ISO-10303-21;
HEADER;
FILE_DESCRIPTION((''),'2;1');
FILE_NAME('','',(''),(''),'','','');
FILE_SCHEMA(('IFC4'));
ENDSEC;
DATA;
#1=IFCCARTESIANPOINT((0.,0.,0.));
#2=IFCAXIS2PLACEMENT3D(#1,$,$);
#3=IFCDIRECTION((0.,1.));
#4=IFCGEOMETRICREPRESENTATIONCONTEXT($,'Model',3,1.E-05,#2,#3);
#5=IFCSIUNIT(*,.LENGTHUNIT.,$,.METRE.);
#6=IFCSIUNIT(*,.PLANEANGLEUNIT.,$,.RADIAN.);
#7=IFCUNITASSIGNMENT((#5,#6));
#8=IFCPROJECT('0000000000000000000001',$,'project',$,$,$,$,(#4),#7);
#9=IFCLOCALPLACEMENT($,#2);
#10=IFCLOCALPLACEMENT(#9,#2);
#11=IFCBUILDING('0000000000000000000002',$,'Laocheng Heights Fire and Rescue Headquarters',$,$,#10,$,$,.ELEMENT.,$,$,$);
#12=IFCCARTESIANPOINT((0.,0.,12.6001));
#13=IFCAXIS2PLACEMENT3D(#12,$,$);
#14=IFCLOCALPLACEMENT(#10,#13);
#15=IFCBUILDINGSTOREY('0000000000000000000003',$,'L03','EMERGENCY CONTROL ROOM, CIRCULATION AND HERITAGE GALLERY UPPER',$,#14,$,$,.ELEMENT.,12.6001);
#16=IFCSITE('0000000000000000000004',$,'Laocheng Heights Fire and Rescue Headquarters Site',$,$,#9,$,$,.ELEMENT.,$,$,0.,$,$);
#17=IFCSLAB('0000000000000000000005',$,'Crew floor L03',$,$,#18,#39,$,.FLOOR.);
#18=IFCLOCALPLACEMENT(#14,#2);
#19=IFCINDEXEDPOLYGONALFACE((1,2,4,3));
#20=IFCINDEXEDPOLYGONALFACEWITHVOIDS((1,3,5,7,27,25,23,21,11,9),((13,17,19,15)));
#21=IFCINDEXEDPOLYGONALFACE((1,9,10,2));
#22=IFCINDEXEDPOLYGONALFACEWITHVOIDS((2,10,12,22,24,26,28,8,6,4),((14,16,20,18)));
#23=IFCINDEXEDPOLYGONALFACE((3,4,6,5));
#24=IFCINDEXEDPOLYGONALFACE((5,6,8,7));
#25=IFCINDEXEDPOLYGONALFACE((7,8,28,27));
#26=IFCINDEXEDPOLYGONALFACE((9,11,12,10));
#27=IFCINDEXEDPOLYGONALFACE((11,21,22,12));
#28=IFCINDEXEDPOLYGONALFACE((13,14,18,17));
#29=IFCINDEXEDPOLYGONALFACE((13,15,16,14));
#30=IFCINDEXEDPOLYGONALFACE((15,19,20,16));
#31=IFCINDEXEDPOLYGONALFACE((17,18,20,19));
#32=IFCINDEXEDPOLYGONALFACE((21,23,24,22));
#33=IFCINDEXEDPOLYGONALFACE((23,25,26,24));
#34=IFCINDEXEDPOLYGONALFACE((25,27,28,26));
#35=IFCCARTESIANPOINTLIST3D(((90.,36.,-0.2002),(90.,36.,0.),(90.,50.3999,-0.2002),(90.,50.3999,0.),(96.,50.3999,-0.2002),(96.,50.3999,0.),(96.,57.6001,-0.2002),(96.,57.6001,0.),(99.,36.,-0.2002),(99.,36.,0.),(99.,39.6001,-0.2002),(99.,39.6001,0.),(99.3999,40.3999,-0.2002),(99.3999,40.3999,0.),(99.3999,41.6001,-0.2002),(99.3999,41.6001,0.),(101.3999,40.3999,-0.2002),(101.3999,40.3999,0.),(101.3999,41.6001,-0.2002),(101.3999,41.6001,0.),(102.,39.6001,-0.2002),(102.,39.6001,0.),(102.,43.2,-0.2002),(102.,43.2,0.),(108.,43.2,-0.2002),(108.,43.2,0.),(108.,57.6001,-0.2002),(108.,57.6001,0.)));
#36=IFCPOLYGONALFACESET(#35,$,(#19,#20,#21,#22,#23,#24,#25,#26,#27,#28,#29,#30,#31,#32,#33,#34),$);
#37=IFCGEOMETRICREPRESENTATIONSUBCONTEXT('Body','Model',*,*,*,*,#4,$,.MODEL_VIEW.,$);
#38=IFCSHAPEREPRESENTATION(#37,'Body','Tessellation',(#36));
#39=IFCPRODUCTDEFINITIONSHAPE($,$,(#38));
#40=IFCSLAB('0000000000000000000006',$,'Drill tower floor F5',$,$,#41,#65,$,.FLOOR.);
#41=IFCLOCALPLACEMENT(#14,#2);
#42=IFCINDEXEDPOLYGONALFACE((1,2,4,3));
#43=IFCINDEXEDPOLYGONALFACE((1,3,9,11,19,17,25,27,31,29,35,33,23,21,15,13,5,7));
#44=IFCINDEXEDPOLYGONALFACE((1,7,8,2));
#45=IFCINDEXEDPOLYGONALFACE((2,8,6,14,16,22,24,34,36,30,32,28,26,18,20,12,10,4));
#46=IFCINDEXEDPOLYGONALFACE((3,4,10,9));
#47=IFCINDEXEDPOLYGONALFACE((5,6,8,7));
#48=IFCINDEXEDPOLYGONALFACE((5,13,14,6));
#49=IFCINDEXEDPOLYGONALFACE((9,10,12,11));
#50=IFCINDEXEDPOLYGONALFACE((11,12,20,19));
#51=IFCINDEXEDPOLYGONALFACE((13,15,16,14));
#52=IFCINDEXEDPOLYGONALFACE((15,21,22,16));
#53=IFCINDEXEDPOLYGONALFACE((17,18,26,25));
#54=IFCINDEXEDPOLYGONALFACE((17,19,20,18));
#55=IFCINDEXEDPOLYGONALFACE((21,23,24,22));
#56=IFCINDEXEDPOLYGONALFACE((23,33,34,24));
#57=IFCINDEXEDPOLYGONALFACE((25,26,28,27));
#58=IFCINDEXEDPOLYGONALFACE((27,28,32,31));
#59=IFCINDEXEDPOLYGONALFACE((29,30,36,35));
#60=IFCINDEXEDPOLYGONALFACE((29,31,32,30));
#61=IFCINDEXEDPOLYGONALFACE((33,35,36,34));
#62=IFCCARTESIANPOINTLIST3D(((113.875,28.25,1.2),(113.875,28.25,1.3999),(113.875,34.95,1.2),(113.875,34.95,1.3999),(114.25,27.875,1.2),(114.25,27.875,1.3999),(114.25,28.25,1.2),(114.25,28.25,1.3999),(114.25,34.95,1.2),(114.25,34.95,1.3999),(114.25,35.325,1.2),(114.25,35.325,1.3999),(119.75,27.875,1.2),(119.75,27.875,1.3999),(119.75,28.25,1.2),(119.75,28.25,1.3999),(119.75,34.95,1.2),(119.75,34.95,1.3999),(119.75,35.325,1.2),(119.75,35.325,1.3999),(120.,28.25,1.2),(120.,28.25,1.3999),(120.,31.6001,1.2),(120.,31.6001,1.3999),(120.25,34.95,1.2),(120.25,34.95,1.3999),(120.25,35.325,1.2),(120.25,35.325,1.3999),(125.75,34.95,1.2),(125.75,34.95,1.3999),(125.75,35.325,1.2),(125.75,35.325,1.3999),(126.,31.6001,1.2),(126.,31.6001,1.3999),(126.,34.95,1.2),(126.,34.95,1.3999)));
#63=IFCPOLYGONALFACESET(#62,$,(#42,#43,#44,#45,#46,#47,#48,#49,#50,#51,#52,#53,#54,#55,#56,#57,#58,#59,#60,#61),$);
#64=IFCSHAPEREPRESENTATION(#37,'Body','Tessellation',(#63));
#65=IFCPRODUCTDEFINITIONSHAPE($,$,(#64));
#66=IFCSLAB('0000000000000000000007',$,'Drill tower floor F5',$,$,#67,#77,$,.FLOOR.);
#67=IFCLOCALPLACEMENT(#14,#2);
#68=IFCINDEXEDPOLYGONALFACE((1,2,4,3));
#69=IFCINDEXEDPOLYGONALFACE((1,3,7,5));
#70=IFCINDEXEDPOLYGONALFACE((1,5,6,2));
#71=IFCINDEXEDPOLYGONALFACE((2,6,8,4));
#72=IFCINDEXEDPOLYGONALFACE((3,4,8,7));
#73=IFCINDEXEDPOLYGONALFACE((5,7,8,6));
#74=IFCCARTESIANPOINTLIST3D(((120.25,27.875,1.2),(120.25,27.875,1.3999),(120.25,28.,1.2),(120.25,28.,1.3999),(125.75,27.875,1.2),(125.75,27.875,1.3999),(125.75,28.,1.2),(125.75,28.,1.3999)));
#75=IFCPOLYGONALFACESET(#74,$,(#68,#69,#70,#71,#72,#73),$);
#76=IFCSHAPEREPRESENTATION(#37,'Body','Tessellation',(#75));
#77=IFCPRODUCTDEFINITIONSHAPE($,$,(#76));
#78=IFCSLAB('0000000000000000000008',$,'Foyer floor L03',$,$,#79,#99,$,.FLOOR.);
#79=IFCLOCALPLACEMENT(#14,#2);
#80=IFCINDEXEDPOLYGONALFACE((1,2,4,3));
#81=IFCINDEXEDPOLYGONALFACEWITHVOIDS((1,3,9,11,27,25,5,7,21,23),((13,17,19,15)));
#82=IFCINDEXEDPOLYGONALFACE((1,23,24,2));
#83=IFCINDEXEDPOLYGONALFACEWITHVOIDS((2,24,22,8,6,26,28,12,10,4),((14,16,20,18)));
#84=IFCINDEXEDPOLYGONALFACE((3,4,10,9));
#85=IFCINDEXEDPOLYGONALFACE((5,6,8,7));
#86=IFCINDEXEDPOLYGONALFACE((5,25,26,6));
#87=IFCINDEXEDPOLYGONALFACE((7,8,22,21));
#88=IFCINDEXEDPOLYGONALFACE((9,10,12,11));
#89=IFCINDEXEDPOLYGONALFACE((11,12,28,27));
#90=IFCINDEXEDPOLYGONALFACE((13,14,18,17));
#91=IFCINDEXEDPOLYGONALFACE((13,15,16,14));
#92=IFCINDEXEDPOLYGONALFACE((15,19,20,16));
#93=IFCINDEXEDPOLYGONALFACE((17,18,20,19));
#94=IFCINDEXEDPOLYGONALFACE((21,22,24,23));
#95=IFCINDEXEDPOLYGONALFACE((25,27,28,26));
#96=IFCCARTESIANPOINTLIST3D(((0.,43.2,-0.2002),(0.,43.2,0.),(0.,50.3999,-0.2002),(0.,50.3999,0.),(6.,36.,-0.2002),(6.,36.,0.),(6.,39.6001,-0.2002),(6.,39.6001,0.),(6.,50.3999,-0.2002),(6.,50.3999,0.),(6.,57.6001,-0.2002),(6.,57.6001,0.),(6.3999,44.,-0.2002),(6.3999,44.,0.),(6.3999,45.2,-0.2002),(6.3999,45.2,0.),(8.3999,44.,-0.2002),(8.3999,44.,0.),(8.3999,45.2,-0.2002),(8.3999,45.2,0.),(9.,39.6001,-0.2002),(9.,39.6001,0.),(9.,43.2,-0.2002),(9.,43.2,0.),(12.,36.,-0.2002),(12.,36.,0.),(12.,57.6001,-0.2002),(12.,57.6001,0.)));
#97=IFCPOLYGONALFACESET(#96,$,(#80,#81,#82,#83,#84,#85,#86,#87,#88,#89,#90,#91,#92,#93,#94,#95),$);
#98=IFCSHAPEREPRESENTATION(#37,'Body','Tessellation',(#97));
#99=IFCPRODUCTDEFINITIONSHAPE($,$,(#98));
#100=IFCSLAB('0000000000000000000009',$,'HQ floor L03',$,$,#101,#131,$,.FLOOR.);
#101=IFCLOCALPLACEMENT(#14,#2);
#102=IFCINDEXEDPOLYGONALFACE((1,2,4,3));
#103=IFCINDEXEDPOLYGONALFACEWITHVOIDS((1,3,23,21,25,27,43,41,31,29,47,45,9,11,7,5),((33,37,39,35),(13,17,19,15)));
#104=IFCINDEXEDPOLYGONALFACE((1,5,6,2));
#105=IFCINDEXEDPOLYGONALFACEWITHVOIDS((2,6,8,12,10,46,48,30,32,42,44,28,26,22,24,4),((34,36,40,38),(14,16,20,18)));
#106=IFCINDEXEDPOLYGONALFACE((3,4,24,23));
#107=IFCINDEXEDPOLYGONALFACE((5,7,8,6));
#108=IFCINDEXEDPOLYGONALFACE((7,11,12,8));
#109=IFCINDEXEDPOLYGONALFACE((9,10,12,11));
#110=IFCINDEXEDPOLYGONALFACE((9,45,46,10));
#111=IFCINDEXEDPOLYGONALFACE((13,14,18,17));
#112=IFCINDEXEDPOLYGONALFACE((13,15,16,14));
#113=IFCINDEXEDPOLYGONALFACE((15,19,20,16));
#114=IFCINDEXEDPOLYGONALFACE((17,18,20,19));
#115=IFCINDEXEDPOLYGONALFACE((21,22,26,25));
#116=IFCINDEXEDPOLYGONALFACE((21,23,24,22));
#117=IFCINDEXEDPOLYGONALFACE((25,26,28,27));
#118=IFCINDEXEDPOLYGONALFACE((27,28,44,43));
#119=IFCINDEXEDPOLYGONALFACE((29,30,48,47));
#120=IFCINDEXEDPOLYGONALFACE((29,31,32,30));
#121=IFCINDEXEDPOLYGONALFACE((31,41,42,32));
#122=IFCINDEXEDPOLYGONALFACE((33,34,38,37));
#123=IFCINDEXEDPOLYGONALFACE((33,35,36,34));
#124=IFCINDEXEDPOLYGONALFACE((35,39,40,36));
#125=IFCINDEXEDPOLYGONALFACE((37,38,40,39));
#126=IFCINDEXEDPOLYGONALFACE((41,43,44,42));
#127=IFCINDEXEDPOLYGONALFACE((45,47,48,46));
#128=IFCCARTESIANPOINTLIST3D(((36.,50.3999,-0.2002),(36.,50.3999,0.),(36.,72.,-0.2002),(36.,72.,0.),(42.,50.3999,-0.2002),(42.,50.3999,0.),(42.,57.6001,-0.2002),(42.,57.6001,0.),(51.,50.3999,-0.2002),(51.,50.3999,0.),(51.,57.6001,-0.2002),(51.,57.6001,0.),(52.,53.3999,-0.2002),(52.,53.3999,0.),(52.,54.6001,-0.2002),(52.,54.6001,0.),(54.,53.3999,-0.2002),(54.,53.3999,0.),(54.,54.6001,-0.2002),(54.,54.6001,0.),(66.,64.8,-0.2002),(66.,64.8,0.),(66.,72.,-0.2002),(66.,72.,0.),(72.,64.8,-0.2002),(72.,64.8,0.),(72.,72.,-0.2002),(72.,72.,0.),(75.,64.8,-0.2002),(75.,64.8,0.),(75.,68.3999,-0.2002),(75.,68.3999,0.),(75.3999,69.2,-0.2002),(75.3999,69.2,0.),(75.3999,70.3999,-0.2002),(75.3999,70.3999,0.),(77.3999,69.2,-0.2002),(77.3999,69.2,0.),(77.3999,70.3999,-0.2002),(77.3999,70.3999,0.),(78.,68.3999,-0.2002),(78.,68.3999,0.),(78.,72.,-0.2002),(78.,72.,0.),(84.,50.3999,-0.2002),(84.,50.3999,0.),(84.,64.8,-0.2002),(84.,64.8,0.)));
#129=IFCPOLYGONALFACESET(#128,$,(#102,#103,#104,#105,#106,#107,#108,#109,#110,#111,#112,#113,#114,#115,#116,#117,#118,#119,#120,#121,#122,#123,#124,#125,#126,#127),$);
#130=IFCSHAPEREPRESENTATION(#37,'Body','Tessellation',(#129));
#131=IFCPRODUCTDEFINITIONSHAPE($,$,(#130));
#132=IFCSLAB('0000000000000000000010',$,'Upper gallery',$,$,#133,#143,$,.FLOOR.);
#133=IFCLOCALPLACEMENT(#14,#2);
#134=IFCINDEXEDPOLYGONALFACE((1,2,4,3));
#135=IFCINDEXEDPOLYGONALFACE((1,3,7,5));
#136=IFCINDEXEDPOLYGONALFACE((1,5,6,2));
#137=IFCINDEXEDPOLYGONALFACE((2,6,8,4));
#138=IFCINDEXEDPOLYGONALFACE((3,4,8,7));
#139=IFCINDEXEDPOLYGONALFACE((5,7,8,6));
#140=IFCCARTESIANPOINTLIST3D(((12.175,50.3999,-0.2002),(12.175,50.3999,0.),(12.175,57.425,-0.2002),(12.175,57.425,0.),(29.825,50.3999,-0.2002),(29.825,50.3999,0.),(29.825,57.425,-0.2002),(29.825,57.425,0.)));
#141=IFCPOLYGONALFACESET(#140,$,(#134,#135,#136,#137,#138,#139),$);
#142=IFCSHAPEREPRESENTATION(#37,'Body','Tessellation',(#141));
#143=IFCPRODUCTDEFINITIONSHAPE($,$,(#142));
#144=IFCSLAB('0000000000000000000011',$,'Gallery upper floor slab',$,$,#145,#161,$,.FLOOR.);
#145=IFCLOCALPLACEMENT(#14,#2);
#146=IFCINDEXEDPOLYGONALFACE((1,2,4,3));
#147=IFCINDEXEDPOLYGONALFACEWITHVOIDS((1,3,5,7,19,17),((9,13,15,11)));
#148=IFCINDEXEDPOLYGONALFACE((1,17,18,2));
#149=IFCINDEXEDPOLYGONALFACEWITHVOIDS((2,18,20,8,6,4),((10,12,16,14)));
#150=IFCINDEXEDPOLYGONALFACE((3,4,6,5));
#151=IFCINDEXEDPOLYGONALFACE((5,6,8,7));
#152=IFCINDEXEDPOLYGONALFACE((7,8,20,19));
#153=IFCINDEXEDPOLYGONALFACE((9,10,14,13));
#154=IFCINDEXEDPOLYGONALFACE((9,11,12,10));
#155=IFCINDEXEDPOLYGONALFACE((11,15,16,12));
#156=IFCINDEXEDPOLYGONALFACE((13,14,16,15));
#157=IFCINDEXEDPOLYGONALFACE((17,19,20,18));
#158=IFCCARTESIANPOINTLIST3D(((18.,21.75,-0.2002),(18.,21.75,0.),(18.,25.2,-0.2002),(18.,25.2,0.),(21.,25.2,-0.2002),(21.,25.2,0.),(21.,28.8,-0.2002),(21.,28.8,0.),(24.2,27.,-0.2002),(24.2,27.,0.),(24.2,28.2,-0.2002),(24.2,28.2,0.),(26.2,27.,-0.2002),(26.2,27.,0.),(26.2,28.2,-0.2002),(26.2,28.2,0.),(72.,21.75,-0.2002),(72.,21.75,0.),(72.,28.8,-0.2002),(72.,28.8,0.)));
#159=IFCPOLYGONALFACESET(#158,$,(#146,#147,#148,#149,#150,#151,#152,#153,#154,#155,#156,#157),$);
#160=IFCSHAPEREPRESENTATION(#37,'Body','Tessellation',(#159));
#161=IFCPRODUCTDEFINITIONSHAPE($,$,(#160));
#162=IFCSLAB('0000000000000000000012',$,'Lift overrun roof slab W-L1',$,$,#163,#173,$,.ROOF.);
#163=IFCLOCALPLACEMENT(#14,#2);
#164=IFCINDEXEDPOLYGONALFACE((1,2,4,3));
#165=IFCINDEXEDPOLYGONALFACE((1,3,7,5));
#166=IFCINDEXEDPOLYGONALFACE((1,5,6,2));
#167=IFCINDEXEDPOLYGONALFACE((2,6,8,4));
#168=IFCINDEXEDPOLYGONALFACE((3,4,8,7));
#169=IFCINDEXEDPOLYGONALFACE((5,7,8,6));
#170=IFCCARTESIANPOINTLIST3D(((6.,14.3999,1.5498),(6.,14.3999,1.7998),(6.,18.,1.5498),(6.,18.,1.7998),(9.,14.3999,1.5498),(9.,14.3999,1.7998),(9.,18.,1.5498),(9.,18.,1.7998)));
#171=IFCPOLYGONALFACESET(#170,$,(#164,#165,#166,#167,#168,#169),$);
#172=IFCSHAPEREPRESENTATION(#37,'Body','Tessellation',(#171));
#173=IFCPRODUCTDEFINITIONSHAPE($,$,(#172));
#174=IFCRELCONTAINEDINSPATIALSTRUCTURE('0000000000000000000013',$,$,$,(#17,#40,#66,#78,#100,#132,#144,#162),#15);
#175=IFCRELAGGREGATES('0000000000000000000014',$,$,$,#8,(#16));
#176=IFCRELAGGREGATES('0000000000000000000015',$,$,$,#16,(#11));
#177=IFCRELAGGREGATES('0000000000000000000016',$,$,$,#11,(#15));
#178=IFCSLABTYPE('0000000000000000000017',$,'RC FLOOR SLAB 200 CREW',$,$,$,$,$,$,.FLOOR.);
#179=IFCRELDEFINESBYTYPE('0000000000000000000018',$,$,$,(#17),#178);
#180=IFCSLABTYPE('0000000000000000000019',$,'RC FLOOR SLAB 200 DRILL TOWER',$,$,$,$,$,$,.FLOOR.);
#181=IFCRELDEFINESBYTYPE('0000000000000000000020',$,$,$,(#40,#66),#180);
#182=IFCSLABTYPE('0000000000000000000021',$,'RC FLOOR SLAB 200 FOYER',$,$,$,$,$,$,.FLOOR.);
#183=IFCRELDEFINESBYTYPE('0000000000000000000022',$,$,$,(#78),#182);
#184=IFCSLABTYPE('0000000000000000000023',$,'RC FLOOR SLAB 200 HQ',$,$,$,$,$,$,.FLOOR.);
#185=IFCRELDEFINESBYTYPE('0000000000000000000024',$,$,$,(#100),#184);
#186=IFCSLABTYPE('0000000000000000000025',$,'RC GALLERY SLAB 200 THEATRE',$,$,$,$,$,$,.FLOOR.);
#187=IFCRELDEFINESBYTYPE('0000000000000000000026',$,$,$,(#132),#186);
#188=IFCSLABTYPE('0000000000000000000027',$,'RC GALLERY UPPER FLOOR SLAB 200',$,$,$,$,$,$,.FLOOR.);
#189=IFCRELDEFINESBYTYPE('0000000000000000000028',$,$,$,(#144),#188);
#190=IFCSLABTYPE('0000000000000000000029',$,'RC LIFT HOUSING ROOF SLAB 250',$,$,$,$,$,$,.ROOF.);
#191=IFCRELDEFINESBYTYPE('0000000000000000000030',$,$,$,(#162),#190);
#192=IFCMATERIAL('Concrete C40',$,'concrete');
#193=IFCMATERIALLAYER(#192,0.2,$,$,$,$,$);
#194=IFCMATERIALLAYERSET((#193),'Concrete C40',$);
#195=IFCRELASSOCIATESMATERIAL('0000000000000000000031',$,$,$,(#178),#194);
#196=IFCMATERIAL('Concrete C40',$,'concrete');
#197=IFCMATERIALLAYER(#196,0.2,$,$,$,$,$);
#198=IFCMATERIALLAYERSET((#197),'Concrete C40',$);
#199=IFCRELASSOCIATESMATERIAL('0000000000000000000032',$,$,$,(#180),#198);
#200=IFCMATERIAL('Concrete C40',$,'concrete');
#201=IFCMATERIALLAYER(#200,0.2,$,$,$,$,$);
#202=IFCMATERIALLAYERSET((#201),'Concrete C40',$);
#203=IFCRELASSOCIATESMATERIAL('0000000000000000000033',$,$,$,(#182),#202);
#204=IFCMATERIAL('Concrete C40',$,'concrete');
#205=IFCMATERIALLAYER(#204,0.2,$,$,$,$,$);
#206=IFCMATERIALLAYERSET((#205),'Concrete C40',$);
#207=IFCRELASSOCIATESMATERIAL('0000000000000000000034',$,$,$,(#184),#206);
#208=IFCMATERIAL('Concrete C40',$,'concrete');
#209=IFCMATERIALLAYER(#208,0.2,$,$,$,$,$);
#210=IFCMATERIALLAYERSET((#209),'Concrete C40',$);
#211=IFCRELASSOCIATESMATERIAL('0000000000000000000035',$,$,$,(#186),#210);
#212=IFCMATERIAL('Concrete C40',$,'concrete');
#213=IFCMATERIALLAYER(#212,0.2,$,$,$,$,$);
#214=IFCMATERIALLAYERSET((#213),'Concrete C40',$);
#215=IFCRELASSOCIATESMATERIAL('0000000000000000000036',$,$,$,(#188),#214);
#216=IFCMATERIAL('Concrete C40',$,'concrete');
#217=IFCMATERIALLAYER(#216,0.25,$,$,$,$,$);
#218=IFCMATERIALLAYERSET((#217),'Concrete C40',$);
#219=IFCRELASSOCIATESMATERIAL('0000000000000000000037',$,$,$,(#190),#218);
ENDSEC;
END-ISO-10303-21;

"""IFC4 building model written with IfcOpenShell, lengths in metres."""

from ifc_helpers import new_model, si_unit, direction, frame, origin, place, context, subcontext, project, spatial, polyline, outline, extrude, material, layer, layer_set, type_object, element, save


model = new_model("IFC4")

# Units and contexts
model_context = context("Model", 3, precision=1e-05, world=origin(), true_north=direction((0.0, 1.0)))
body_context = subcontext(model_context, "Body", "Model", "MODEL_VIEW")
ifc_project = project(units=[si_unit("LENGTHUNIT", "METRE"), si_unit("PLANEANGLEUNIT", "RADIAN")], contexts=[model_context])

# Site, building, storey
site_placement = place(None, origin())
site = spatial("IfcSite", under=ifc_project, at=site_placement, Name="Laocheng Heights Fire and Rescue Headquarters Site", CompositionType="ELEMENT", RefElevation=0.0)
building_placement = place(site_placement, origin())
building = spatial("IfcBuilding", under=site, at=building_placement, Name="Laocheng Heights Fire and Rescue Headquarters", CompositionType="ELEMENT")
storey_placement = place(building_placement, frame((0.0, 0.0, 12.6001)))
storey = spatial("IfcBuildingStorey", under=building, at=storey_placement, Name="L03", Description="EMERGENCY CONTROL ROOM, CIRCULATION AND HERITAGE GALLERY UPPER", CompositionType="ELEMENT", Elevation=12.6001)

# Slabs
ifc_material_1 = material(Name="Concrete C40", Category="concrete")
ifc_layer_1 = layer(ifc_material_1, 0.2)
ifc_layer_set_1 = layer_set([ifc_layer_1], Name="Concrete C40")
slab_type_1 = type_object("IfcSlabType", Name="RC FLOOR SLAB 200 CREW", PredefinedType="FLOOR", material=ifc_layer_set_1)
slab_1_placement = place(storey_placement, frame((0.0, 0.0, -0.2002)))
element("IfcSlab", 1, at=slab_1_placement, inside=storey, type_object=slab_type_1, Name="Crew floor L03", PredefinedType="FLOOR", context=body_context, shape_type="SweptSolid", body=[
    extrude(outline(polyline([(108.0, 57.6001), (96.0, 57.6001), (96.0, 50.3999), (90.0, 50.3999), (90.0, 36.0), (99.0, 36.0), (99.0, 39.6001), (102.0, 39.6001), (102.0, 43.2), (108.0, 43.2), (108.0, 57.6001)]), holes=[polyline([(101.3999, 40.3999), (99.3999, 40.3999), (99.3999, 41.6001), (101.3999, 41.6001), (101.3999, 40.3999)])]), origin(), (0.0, 0.0, 1.0), 0.2002),
])
ifc_material_2 = material(Name="Concrete C40", Category="concrete")
ifc_layer_2 = layer(ifc_material_2, 0.2)
ifc_layer_set_2 = layer_set([ifc_layer_2], Name="Concrete C40")
slab_type_2 = type_object("IfcSlabType", Name="RC FLOOR SLAB 200 DRILL TOWER", PredefinedType="FLOOR", material=ifc_layer_set_2)
slab_2_placement = place(storey_placement, frame((0.0, 0.0, 1.2)))
element("IfcSlab", 2, at=slab_2_placement, inside=storey, type_object=slab_type_2, Name="Drill tower floor F5", PredefinedType="FLOOR", context=body_context, shape_type="SweptSolid", body=[
    extrude(outline(polyline([(126.0, 31.6001), (126.0, 34.95), (125.75, 34.95), (125.75, 35.325), (120.25, 35.325), (120.25, 34.95), (119.75, 34.95), (119.75, 35.325), (114.25, 35.325), (114.25, 34.95), (113.875, 34.95), (113.875, 28.25), (114.25, 28.25), (114.25, 27.875), (119.75, 27.875), (119.75, 28.25), (120.0, 28.25), (120.0, 31.6001), (126.0, 31.6001)])), origin(), (0.0, 0.0, 1.0), 0.2),
])
slab_3_placement = place(storey_placement, frame((0.0, 0.0, 1.2)))
element("IfcSlab", 3, at=slab_3_placement, inside=storey, type_object=slab_type_2, Name="Drill tower floor F5", PredefinedType="FLOOR", context=body_context, shape_type="SweptSolid", body=[
    extrude(outline(polyline([(120.25, 27.875), (125.75, 27.875), (125.75, 28.0), (120.25, 28.0), (120.25, 27.875)])), origin(), (0.0, 0.0, 1.0), 0.2),
])
ifc_material_3 = material(Name="Concrete C40", Category="concrete")
ifc_layer_3 = layer(ifc_material_3, 0.2)
ifc_layer_set_3 = layer_set([ifc_layer_3], Name="Concrete C40")
slab_type_3 = type_object("IfcSlabType", Name="RC FLOOR SLAB 200 FOYER", PredefinedType="FLOOR", material=ifc_layer_set_3)
slab_4_placement = place(storey_placement, frame((0.0, 0.0, -0.2002)))
element("IfcSlab", 4, at=slab_4_placement, inside=storey, type_object=slab_type_3, Name="Foyer floor L03", PredefinedType="FLOOR", context=body_context, shape_type="SweptSolid", body=[
    extrude(outline(polyline([(12.0, 57.6001), (6.0, 57.6001), (6.0, 50.3999), (0.0, 50.3999), (0.0, 43.2), (9.0, 43.2), (9.0, 39.6001), (6.0, 39.6001), (6.0, 36.0), (12.0, 36.0), (12.0, 57.6001)]), holes=[polyline([(8.3999, 45.2), (8.3999, 44.0), (6.3999, 44.0), (6.3999, 45.2), (8.3999, 45.2)])]), origin(), (0.0, 0.0, 1.0), 0.2002),
])
ifc_material_4 = material(Name="Concrete C40", Category="concrete")
ifc_layer_4 = layer(ifc_material_4, 0.2)
ifc_layer_set_4 = layer_set([ifc_layer_4], Name="Concrete C40")
slab_type_4 = type_object("IfcSlabType", Name="RC FLOOR SLAB 200 HQ", PredefinedType="FLOOR", material=ifc_layer_set_4)
slab_5_placement = place(storey_placement, frame((0.0, 0.0, -0.2002)))
element("IfcSlab", 5, at=slab_5_placement, inside=storey, type_object=slab_type_4, Name="HQ floor L03", PredefinedType="FLOOR", context=body_context, shape_type="SweptSolid", body=[
    extrude(outline(polyline([(84.0, 50.3999), (84.0, 64.8), (75.0, 64.8), (75.0, 68.3999), (78.0, 68.3999), (78.0, 72.0), (72.0, 72.0), (72.0, 64.8), (66.0, 64.8), (66.0, 72.0), (36.0, 72.0), (36.0, 50.3999), (42.0, 50.3999), (42.0, 57.6001), (51.0, 57.6001), (51.0, 50.3999), (84.0, 50.3999)]), holes=[polyline([(54.0, 54.6001), (54.0, 53.3999), (52.0, 53.3999), (52.0, 54.6001), (54.0, 54.6001)]), polyline([(77.3999, 69.2), (75.3999, 69.2), (75.3999, 70.3999), (77.3999, 70.3999), (77.3999, 69.2)])]), origin(), (0.0, 0.0, 1.0), 0.2002),
])
ifc_material_5 = material(Name="Concrete C40", Category="concrete")
ifc_layer_5 = layer(ifc_material_5, 0.2)
ifc_layer_set_5 = layer_set([ifc_layer_5], Name="Concrete C40")
slab_type_5 = type_object("IfcSlabType", Name="RC GALLERY SLAB 200 THEATRE", PredefinedType="FLOOR", material=ifc_layer_set_5)
slab_6_placement = place(storey_placement, frame((0.0, 0.0, -0.2002)))
element("IfcSlab", 6, at=slab_6_placement, inside=storey, type_object=slab_type_5, Name="Upper gallery", PredefinedType="FLOOR", context=body_context, shape_type="SweptSolid", body=[
    extrude(outline(polyline([(29.825, 50.3999), (29.825, 57.425), (12.175, 57.425), (12.175, 50.3999), (29.825, 50.3999)])), origin(), (0.0, 0.0, 1.0), 0.2002),
])
ifc_material_6 = material(Name="Concrete C40", Category="concrete")
ifc_layer_6 = layer(ifc_material_6, 0.2)
ifc_layer_set_6 = layer_set([ifc_layer_6], Name="Concrete C40")
slab_type_6 = type_object("IfcSlabType", Name="RC GALLERY UPPER FLOOR SLAB 200", PredefinedType="FLOOR", material=ifc_layer_set_6)
slab_7_placement = place(storey_placement, frame((0.0, 0.0, -0.2002)))
element("IfcSlab", 7, at=slab_7_placement, inside=storey, type_object=slab_type_6, Name="Gallery upper floor slab", PredefinedType="FLOOR", context=body_context, shape_type="SweptSolid", body=[
    extrude(outline(polyline([(72.0, 28.8), (21.0, 28.8), (21.0, 25.2), (18.0, 25.2), (18.0, 21.75), (72.0, 21.75), (72.0, 28.8)]), holes=[polyline([(26.2, 27.0), (24.2, 27.0), (24.2, 28.2), (26.2, 28.2), (26.2, 27.0)])]), origin(), (0.0, 0.0, 1.0), 0.2002),
])
ifc_material_7 = material(Name="Concrete C40", Category="concrete")
ifc_layer_7 = layer(ifc_material_7, 0.25)
ifc_layer_set_7 = layer_set([ifc_layer_7], Name="Concrete C40")
slab_type_7 = type_object("IfcSlabType", Name="RC LIFT HOUSING ROOF SLAB 250", PredefinedType="ROOF", material=ifc_layer_set_7)
slab_8_placement = place(storey_placement, frame((0.0, 0.0, 1.5498)))
element("IfcSlab", 8, at=slab_8_placement, inside=storey, type_object=slab_type_7, Name="Lift overrun roof slab W-L1", PredefinedType="ROOF", context=body_context, shape_type="SweptSolid", body=[
    extrude(outline(polyline([(6.0, 14.3999), (9.0, 14.3999), (9.0, 18.0), (6.0, 18.0), (6.0, 14.3999)])), origin(), (0.0, 0.0, 1.0), 0.25),
])

save(model, "model.ifc")
